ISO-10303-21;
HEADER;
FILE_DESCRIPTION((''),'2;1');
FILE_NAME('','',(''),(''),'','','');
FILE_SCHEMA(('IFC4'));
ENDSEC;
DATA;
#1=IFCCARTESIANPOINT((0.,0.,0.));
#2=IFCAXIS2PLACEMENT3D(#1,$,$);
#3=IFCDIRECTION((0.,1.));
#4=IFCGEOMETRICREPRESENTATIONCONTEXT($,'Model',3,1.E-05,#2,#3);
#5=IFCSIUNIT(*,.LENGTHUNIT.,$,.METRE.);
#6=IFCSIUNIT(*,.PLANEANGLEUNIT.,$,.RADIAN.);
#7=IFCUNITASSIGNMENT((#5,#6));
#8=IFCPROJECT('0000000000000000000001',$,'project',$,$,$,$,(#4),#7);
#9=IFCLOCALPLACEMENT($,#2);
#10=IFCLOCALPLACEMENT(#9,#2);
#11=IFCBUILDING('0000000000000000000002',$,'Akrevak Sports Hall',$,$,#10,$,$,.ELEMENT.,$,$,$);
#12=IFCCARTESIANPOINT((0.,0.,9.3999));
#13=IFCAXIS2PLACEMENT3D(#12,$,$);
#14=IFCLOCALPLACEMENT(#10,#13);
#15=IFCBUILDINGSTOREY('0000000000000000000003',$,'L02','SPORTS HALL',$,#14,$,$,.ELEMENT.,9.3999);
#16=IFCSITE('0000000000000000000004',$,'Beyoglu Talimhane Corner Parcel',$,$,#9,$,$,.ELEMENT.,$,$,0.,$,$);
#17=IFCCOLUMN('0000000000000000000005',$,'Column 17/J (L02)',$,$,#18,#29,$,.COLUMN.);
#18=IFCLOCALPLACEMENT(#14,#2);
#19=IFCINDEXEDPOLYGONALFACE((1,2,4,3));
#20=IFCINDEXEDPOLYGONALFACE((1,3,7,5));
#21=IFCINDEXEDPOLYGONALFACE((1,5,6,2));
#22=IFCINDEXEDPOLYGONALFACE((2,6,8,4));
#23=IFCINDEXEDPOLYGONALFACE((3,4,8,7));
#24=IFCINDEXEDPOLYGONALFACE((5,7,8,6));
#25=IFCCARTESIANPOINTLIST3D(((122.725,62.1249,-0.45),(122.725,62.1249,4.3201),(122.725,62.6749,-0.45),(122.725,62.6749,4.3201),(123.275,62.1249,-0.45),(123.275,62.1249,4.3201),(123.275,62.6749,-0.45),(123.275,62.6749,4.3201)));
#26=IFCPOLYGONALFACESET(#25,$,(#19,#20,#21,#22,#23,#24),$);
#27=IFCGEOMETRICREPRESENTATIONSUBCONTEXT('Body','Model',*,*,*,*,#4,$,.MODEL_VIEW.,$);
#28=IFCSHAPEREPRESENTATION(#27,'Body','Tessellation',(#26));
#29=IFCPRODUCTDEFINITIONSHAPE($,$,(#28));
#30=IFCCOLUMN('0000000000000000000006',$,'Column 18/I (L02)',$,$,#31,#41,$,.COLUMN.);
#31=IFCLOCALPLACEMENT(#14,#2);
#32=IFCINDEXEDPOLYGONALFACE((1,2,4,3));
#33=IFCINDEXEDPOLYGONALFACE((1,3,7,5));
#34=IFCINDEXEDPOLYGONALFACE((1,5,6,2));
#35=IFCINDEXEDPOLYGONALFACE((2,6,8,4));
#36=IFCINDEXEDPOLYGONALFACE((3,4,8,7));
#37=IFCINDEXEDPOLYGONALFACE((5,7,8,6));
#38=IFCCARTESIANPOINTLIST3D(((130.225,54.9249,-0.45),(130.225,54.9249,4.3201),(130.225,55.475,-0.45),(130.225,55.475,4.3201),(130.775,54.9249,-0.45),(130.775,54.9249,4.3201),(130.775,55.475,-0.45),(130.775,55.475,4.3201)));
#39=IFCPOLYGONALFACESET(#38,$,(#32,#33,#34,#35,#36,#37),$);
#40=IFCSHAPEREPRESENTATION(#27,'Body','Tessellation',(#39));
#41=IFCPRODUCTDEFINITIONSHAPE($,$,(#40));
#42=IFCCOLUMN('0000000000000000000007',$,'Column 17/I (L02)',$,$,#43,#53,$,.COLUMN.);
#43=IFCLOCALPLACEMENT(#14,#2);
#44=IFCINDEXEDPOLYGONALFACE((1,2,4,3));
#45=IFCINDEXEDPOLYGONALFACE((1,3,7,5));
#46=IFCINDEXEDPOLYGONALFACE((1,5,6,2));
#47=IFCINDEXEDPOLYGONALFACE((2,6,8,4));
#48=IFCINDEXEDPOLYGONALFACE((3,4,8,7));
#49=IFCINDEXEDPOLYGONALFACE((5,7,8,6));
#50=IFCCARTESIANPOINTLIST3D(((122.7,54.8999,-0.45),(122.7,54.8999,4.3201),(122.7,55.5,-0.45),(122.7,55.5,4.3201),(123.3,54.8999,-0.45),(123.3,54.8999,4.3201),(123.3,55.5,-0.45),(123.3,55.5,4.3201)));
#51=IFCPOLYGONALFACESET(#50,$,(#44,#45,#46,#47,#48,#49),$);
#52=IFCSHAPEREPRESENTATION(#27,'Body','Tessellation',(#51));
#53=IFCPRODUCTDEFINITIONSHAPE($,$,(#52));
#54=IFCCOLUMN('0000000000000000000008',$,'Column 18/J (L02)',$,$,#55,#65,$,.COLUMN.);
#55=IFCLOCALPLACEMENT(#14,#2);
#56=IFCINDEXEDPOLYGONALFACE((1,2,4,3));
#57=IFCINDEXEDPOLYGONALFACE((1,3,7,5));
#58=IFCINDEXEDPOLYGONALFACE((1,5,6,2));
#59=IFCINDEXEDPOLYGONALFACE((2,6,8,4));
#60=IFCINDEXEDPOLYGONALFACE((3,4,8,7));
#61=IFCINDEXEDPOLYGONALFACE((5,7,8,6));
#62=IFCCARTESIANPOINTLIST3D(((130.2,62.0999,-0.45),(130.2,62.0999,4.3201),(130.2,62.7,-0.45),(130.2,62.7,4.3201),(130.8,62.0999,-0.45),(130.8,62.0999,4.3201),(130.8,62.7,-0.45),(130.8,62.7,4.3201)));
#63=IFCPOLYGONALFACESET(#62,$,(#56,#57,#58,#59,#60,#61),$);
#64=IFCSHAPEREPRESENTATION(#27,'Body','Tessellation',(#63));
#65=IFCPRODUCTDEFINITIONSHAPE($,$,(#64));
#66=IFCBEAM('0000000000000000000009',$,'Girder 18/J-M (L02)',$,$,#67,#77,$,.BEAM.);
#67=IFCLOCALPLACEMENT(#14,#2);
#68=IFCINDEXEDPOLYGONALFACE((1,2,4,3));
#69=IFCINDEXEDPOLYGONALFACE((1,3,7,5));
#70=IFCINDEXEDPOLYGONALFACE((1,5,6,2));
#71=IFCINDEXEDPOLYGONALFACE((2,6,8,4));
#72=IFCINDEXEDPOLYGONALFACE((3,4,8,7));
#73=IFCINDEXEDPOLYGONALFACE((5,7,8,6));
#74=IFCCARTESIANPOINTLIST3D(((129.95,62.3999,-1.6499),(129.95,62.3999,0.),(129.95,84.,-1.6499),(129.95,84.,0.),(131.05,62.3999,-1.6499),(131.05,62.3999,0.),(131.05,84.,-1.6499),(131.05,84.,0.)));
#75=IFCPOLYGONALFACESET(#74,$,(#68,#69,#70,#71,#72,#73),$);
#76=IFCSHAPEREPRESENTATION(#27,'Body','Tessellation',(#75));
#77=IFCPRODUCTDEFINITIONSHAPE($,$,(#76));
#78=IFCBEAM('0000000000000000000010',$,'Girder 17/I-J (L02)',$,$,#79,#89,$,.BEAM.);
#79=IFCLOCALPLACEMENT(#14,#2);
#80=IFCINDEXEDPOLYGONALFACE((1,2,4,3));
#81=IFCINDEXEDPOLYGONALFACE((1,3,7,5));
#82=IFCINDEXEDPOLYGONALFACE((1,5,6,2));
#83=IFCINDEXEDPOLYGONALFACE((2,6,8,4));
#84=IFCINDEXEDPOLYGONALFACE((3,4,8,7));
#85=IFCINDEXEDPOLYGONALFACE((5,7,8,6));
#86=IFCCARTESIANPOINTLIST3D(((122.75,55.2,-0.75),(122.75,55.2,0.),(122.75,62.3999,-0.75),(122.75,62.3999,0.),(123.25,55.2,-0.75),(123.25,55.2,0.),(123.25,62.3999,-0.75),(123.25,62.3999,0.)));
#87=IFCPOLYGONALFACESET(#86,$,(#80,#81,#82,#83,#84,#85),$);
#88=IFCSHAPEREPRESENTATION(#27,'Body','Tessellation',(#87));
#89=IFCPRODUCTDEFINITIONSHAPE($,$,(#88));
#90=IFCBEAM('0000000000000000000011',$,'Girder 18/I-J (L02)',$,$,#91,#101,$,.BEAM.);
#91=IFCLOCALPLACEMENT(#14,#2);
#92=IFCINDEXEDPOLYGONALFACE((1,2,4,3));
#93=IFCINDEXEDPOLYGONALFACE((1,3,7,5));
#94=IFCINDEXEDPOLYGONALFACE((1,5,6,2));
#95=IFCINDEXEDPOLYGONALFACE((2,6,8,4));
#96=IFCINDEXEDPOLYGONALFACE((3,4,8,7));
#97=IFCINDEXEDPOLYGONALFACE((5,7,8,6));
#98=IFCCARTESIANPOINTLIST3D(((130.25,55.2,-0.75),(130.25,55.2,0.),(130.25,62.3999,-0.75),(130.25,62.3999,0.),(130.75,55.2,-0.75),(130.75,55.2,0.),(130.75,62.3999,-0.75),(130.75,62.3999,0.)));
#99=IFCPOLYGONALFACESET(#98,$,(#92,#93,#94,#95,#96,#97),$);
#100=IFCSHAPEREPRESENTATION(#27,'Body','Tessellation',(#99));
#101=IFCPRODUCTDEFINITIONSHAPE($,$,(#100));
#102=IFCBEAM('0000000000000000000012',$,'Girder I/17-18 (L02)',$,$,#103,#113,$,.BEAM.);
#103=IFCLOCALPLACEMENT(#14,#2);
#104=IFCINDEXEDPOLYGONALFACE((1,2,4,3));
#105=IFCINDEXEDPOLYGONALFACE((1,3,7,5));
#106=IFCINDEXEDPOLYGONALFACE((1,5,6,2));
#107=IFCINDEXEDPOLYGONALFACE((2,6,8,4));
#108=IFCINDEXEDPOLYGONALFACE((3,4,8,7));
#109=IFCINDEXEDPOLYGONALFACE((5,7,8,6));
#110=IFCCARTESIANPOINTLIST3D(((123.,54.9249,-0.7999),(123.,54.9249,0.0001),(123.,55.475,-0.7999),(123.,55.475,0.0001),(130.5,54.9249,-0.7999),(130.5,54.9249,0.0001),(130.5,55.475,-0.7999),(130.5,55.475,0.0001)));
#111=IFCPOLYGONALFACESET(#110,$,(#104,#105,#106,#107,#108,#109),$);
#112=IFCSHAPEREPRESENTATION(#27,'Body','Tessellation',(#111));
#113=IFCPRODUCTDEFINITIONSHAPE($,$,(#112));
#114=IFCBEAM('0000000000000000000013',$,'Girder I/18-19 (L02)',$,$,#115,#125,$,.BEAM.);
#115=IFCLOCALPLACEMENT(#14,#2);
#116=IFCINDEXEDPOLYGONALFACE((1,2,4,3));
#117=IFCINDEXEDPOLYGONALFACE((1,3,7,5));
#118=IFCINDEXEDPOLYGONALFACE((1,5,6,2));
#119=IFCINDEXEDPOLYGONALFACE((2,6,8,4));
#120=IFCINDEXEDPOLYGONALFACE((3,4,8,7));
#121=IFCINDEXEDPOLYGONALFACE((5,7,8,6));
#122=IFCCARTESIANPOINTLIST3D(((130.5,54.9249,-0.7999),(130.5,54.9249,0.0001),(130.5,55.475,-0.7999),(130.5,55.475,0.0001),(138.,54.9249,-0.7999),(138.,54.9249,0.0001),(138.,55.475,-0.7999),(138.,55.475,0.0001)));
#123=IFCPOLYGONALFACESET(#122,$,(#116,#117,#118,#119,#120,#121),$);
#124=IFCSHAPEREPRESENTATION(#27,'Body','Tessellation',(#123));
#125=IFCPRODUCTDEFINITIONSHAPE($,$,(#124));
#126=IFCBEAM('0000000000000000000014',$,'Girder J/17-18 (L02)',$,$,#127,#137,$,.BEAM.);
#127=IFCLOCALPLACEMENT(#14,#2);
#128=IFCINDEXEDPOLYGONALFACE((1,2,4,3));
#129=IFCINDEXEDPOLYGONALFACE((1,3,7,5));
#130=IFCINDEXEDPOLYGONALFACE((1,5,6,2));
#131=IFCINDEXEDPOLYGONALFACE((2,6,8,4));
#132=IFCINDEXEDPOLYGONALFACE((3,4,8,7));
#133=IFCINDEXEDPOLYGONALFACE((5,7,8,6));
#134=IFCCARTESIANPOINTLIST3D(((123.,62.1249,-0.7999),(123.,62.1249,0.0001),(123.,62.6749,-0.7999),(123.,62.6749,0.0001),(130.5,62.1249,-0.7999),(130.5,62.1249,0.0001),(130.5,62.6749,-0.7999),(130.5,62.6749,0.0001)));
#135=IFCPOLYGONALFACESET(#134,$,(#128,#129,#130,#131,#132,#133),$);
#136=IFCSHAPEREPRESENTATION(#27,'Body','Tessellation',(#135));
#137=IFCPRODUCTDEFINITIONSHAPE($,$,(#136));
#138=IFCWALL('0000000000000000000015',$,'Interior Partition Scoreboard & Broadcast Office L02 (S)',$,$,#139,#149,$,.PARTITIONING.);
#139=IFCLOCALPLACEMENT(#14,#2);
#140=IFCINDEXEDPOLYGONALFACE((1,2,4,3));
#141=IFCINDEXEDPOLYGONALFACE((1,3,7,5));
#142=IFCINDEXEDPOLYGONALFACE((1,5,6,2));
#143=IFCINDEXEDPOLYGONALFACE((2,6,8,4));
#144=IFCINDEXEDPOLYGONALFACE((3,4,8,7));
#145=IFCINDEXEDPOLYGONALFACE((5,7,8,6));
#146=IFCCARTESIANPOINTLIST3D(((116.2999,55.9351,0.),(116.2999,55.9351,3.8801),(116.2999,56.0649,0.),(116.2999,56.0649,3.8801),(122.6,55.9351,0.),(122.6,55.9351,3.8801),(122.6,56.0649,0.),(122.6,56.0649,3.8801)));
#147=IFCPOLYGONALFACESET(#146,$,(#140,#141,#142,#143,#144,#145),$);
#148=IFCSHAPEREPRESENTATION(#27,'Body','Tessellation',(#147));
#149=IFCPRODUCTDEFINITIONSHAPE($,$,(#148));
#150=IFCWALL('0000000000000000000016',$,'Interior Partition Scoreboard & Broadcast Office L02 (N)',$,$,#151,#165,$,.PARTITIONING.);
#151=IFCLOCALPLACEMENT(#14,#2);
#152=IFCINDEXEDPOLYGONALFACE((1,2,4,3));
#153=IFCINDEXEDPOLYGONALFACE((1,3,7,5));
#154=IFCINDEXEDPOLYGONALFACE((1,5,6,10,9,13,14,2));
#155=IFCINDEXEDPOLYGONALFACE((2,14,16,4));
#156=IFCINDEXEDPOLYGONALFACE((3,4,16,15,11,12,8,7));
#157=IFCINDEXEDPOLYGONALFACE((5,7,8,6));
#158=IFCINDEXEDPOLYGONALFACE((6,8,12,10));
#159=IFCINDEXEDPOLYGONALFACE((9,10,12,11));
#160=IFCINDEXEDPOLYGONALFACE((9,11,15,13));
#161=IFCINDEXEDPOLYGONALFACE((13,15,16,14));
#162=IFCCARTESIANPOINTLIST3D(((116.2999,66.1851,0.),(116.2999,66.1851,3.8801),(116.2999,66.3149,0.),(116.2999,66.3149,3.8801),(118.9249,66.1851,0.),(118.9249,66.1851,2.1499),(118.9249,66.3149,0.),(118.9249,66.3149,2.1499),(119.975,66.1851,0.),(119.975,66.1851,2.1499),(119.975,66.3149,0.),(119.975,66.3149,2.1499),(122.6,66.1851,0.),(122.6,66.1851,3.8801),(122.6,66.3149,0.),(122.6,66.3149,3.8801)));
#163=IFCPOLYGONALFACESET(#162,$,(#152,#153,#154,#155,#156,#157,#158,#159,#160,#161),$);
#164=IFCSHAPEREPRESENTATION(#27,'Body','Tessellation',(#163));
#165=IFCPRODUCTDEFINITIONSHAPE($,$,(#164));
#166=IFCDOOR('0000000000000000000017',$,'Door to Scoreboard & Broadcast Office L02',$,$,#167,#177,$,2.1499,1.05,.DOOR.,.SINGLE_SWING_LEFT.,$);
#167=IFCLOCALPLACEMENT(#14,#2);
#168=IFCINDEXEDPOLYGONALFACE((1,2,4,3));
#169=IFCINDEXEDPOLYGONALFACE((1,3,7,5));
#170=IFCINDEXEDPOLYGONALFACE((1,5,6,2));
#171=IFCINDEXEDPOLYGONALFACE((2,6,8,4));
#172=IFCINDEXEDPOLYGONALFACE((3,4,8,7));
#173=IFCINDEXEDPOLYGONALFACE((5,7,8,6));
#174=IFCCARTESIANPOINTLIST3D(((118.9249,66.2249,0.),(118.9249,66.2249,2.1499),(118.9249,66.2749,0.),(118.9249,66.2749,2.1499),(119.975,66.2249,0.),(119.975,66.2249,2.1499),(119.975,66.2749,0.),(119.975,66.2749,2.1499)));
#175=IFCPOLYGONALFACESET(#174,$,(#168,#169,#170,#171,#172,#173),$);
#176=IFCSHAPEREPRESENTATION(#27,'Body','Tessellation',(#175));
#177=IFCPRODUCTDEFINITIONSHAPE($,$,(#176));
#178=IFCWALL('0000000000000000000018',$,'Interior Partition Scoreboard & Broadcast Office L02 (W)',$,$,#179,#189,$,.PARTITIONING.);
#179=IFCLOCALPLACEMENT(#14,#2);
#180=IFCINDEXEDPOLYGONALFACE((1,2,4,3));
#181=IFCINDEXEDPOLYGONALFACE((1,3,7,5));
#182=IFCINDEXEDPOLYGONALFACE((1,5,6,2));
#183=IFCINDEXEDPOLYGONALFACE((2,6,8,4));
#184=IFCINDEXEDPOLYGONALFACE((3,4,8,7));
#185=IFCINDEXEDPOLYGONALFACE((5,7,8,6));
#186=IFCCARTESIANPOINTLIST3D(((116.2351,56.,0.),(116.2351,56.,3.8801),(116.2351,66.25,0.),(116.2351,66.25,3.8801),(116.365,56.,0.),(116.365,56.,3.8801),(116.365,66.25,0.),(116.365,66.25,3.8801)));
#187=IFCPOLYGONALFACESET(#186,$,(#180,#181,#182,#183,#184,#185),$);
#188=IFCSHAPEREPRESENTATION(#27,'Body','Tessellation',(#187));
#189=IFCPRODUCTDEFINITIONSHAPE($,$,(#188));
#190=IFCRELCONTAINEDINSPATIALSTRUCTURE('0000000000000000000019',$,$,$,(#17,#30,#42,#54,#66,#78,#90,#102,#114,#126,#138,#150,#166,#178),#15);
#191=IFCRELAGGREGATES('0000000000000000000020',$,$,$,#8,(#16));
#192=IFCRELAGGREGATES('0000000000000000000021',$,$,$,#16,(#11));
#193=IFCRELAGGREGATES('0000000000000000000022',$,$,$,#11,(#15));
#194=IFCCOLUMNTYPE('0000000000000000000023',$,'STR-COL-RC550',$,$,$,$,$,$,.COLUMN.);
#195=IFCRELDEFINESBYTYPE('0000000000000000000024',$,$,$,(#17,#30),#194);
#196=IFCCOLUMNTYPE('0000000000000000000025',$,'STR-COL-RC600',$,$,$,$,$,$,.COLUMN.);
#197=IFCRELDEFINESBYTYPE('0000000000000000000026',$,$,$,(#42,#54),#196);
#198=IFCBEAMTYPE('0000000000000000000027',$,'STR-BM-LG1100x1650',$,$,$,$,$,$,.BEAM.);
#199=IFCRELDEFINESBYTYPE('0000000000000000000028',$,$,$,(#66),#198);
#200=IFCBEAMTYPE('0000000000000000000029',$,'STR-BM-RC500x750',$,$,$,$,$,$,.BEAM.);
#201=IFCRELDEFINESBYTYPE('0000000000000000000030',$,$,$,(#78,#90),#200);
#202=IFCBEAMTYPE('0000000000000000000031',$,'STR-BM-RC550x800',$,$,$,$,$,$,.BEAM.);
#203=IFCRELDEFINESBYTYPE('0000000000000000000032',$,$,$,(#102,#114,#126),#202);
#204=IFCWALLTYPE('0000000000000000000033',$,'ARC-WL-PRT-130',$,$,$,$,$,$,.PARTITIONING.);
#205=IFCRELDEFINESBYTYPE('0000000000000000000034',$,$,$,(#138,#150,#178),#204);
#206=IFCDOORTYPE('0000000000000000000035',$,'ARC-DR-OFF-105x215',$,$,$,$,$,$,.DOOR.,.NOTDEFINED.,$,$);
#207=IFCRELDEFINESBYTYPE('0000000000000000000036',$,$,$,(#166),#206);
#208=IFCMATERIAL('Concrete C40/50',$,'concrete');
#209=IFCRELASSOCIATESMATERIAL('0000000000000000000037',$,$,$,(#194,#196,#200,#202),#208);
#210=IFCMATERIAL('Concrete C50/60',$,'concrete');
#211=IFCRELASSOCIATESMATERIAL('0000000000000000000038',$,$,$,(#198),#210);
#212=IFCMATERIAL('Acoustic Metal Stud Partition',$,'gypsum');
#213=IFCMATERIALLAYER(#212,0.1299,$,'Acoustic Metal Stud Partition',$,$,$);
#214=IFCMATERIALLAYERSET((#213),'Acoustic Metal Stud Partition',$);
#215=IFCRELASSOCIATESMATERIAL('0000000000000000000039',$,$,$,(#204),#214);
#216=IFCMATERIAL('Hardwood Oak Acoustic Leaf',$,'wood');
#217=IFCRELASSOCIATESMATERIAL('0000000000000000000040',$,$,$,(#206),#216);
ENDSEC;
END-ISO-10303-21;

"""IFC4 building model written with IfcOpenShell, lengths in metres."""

from ifc_helpers import new_model, si_unit, direction, frame, frame_2d, origin, origin_2d, place, context, subcontext, project, spatial, rectangle, extrude, material, layer, layer_set, material_profile, profile_set, type_object, element, fill, save


model = new_model("IFC4")

# Units and contexts
model_context = context("Model", 3, precision=1e-05, world=origin(), true_north=direction((0.0, 1.0)))
body_context = subcontext(model_context, "Body", "Model", "MODEL_VIEW")
ifc_project = project(units=[si_unit("LENGTHUNIT", "METRE"), si_unit("PLANEANGLEUNIT", "RADIAN")], contexts=[model_context])

# Site, building, storey
site_placement = place(None, origin())
site = spatial("IfcSite", under=ifc_project, at=site_placement, Name="Beyoglu Talimhane Corner Parcel", CompositionType="ELEMENT", RefElevation=0.0)
building_placement = place(site_placement, origin())
building = spatial("IfcBuilding", under=site, at=building_placement, Name="Akrevak Sports Hall", CompositionType="ELEMENT")
storey_placement = place(building_placement, frame((0.0, 0.0, 9.3999)))
storey = spatial("IfcBuildingStorey", under=building, at=storey_placement, Name="L02", Description="SPORTS HALL", CompositionType="ELEMENT", Elevation=9.3999)

# Columns
ifc_material_1 = material(Name="Concrete C40/50", Category="concrete")
ifc_material_profile_1 = material_profile(ifc_material_1, rectangle(XDim=0.55, YDim=0.55, at=origin_2d()), Name="RC 550x550", Category="concrete")
ifc_profile_set_1 = profile_set([ifc_material_profile_1], Name="Concrete C40/50")
column_type_1 = type_object("IfcColumnType", Name="STR-COL-RC550", PredefinedType="COLUMN", material=ifc_profile_set_1)
for number, where, z_axis, x_axis, name in (
    (1, (123.0, 62.3999, -0.45), (0.0, 0.0, 1.0), (1.0, 0.0, 0.0), "Column 17/J (L02)"),
    (2, (130.5, 55.2, -0.45), (0.0, 0.0, 1.0), (1.0, 0.0, 0.0), "Column 18/I (L02)"),
):
    element("IfcColumn", number, at=place(storey_placement, frame(where, z_axis=z_axis, x_axis=x_axis)), inside=storey, type_object=column_type_1, Name=name, PredefinedType="COLUMN", context=body_context, shape_type="SweptSolid", body=[
        extrude(rectangle(XDim=0.55, YDim=0.55, at=origin_2d()), origin(), (0.0, 0.0, 1.0), 4.77),
    ])
ifc_material_profile_2 = material_profile(ifc_material_1, rectangle(XDim=0.6001, YDim=0.6001, at=origin_2d()), Name="RC 600x600", Category="concrete")
ifc_profile_set_2 = profile_set([ifc_material_profile_2], Name="Concrete C40/50")
column_type_2 = type_object("IfcColumnType", Name="STR-COL-RC600", PredefinedType="COLUMN", material=ifc_profile_set_2)
for number, where, z_axis, x_axis, name in (
    (3, (123.0, 55.2, -0.45), (0.0, 0.0, 1.0), (1.0, 0.0, 0.0), "Column 17/I (L02)"),
    (4, (130.5, 62.3999, -0.45), (0.0, 0.0, 1.0), (1.0, 0.0, 0.0), "Column 18/J (L02)"),
):
    element("IfcColumn", number, at=place(storey_placement, frame(where, z_axis=z_axis, x_axis=x_axis)), inside=storey, type_object=column_type_2, Name=name, PredefinedType="COLUMN", context=body_context, shape_type="SweptSolid", body=[
        extrude(rectangle(XDim=0.6001, YDim=0.6001, at=origin_2d()), origin(), (0.0, 0.0, 1.0), 4.77),
    ])

# Beams
ifc_material_2 = material(Name="Concrete C50/60", Category="concrete")
ifc_material_profile_3 = material_profile(ifc_material_2, rectangle(XDim=1.1001, YDim=1.6499, at=origin_2d()), Name="BM 1100x1650", Category="concrete")
ifc_profile_set_3 = profile_set([ifc_material_profile_3], Name="Concrete C50/60")
beam_type_1 = type_object("IfcBeamType", Name="STR-BM-LG1100x1650", PredefinedType="BEAM", material=ifc_profile_set_3)
beam_placement = place(storey_placement, frame((130.5, 62.3999, -0.825), z_axis=(0.0, 1.0, 0.0), x_axis=(-1.0, 0.0, 0.0)))
element("IfcBeam", 5, at=beam_placement, inside=storey, type_object=beam_type_1, Name="Girder 18/J-M (L02)", PredefinedType="BEAM", context=body_context, shape_type="SweptSolid", body=[
    extrude(rectangle(XDim=1.1001, YDim=1.6499, at=origin_2d()), origin(), (0.0, 0.0, 1.0), 21.6001),
])
ifc_material_profile_4 = material_profile(ifc_material_1, rectangle(XDim=0.5, YDim=0.75, at=origin_2d()), Name="BM 500x750", Category="concrete")
ifc_profile_set_4 = profile_set([ifc_material_profile_4], Name="Concrete C40/50")
beam_type_2 = type_object("IfcBeamType", Name="STR-BM-RC500x750", PredefinedType="BEAM", material=ifc_profile_set_4)
for number, where, z_axis, x_axis, name in (
    (6, (123.0, 55.2, -0.375), (0.0, 1.0, 0.0), (-1.0, 0.0, 0.0), "Girder 17/I-J (L02)"),
    (7, (130.5, 55.2, -0.375), (0.0, 1.0, 0.0), (-1.0, 0.0, 0.0), "Girder 18/I-J (L02)"),
):
    element("IfcBeam", number, at=place(storey_placement, frame(where, z_axis=z_axis, x_axis=x_axis)), inside=storey, type_object=beam_type_2, Name=name, PredefinedType="BEAM", context=body_context, shape_type="SweptSolid", body=[
        extrude(rectangle(XDim=0.5, YDim=0.75, at=origin_2d()), origin(), (0.0, 0.0, 1.0), 7.2),
    ])
ifc_material_profile_5 = material_profile(ifc_material_1, rectangle(XDim=0.55, YDim=0.8, at=origin_2d()), Name="BM 550x800", Category="concrete")
ifc_profile_set_5 = profile_set([ifc_material_profile_5], Name="Concrete C40/50")
beam_type_3 = type_object("IfcBeamType", Name="STR-BM-RC550x800", PredefinedType="BEAM", material=ifc_profile_set_5)
for number, where, z_axis, x_axis, name in (
    (8, (123.0, 55.2, -0.3999), (1.0, 0.0, 0.0), (0.0, 1.0, 0.0), "Girder I/17-18 (L02)"),
    (9, (130.5, 55.2, -0.3999), (1.0, 0.0, 0.0), (0.0, 1.0, 0.0), "Girder I/18-19 (L02)"),
    (10, (123.0, 62.3999, -0.3999), (1.0, 0.0, 0.0), (0.0, 1.0, 0.0), "Girder J/17-18 (L02)"),
):
    element("IfcBeam", number, at=place(storey_placement, frame(where, z_axis=z_axis, x_axis=x_axis)), inside=storey, type_object=beam_type_3, Name=name, PredefinedType="BEAM", context=body_context, shape_type="SweptSolid", body=[
        extrude(rectangle(XDim=0.55, YDim=0.8, at=origin_2d()), origin(), (0.0, 0.0, 1.0), 7.5),
    ])

# Wall
ifc_material_3 = material(Name="Acoustic Metal Stud Partition", Category="gypsum")
ifc_layer_1 = layer(ifc_material_3, 0.1299, Name="Acoustic Metal Stud Partition")
ifc_layer_set_1 = layer_set([ifc_layer_1], Name="Acoustic Metal Stud Partition")
wall_type_1 = type_object("IfcWallType", Name="ARC-WL-PRT-130", PredefinedType="PARTITIONING", material=ifc_layer_set_1)
wall_1_placement = place(storey_placement, frame((116.3, 56.0, 0.0), z_axis=(0.0, 0.0, 1.0), x_axis=(1.0, 0.0, 0.0)))
element("IfcWall", 11, at=wall_1_placement, inside=storey, type_object=wall_type_1, Name="Interior Partition Scoreboard & Broadcast Office L02 (S)", PredefinedType="PARTITIONING", context=body_context, shape_type="SweptSolid", body=[
    extrude(rectangle(XDim=6.3, YDim=0.1299, at=frame_2d((3.1499, 0.0))), origin(), (0.0, 0.0, 1.0), 3.8801),
])

# Wall, opening, door
wall_2_placement = place(storey_placement, frame((116.3, 66.25, 0.0), z_axis=(0.0, 0.0, 1.0), x_axis=(1.0, 0.0, 0.0)))
wall_2 = element("IfcWall", 12, at=wall_2_placement, inside=storey, type_object=wall_type_1, Name="Interior Partition Scoreboard & Broadcast Office L02 (N)", PredefinedType="PARTITIONING", context=body_context, shape_type="SweptSolid", body=[
    extrude(rectangle(XDim=6.3, YDim=0.1299, at=frame_2d((3.1499, 0.0))), origin(), (0.0, 0.0, 1.0), 3.8801),
])
opening_1_placement = place(wall_2_placement, frame((2.625, 0.0, 0.0)))
opening_1 = element("IfcOpeningElement", 13, at=opening_1_placement, cuts=wall_2, PredefinedType="OPENING", context=body_context, shape_type="SweptSolid", body=[
    extrude(rectangle(XDim=1.05, YDim=2.1499, at=frame_2d((0.5249, 1.075))), frame((0.0, 0.0769, 0.0), z_axis=(0.0, -1.0, 0.0), x_axis=(1.0, 0.0, 0.0)), (0.0, 0.0, 1.0), 0.1538),
])
ifc_material_4 = material(Name="Hardwood Oak Acoustic Leaf", Category="wood")
door_type_1 = type_object("IfcDoorType", Name="ARC-DR-OFF-105x215", OperationType="NOTDEFINED", PredefinedType="DOOR", material=ifc_material_4)
door_1_placement = place(opening_1_placement, origin())
door_1 = element("IfcDoor", 14, at=door_1_placement, inside=storey, type_object=door_type_1, Name="Door to Scoreboard & Broadcast Office L02", OperationType="SINGLE_SWING_LEFT", OverallHeight=2.1499, OverallWidth=1.05, PredefinedType="DOOR", context=body_context, shape_type="SweptSolid", body=[
    extrude(rectangle(XDim=1.05, YDim=2.1499, at=frame_2d((0.5249, 1.075))), frame((0.0, 0.0249, 0.0), z_axis=(0.0, -1.0, 0.0), x_axis=(1.0, 0.0, 0.0)), (0.0, 0.0, 1.0), 0.05),
])
fill(opening_1, door_1)

# Wall
for number, where, z_axis, x_axis, name in (
    (15, (116.3, 56.0, 0.0), (0.0, 0.0, 1.0), (0.0, 1.0, 0.0), "Interior Partition Scoreboard & Broadcast Office L02 (W)"),
):
    element("IfcWall", number, at=place(storey_placement, frame(where, z_axis=z_axis, x_axis=x_axis)), inside=storey, type_object=wall_type_1, Name=name, PredefinedType="PARTITIONING", context=body_context, shape_type="SweptSolid", body=[
        extrude(rectangle(XDim=10.25, YDim=0.1299, at=frame_2d((5.125, 0.0))), origin(), (0.0, 0.0, 1.0), 3.8801),
    ])

save(model, "model.ifc")
